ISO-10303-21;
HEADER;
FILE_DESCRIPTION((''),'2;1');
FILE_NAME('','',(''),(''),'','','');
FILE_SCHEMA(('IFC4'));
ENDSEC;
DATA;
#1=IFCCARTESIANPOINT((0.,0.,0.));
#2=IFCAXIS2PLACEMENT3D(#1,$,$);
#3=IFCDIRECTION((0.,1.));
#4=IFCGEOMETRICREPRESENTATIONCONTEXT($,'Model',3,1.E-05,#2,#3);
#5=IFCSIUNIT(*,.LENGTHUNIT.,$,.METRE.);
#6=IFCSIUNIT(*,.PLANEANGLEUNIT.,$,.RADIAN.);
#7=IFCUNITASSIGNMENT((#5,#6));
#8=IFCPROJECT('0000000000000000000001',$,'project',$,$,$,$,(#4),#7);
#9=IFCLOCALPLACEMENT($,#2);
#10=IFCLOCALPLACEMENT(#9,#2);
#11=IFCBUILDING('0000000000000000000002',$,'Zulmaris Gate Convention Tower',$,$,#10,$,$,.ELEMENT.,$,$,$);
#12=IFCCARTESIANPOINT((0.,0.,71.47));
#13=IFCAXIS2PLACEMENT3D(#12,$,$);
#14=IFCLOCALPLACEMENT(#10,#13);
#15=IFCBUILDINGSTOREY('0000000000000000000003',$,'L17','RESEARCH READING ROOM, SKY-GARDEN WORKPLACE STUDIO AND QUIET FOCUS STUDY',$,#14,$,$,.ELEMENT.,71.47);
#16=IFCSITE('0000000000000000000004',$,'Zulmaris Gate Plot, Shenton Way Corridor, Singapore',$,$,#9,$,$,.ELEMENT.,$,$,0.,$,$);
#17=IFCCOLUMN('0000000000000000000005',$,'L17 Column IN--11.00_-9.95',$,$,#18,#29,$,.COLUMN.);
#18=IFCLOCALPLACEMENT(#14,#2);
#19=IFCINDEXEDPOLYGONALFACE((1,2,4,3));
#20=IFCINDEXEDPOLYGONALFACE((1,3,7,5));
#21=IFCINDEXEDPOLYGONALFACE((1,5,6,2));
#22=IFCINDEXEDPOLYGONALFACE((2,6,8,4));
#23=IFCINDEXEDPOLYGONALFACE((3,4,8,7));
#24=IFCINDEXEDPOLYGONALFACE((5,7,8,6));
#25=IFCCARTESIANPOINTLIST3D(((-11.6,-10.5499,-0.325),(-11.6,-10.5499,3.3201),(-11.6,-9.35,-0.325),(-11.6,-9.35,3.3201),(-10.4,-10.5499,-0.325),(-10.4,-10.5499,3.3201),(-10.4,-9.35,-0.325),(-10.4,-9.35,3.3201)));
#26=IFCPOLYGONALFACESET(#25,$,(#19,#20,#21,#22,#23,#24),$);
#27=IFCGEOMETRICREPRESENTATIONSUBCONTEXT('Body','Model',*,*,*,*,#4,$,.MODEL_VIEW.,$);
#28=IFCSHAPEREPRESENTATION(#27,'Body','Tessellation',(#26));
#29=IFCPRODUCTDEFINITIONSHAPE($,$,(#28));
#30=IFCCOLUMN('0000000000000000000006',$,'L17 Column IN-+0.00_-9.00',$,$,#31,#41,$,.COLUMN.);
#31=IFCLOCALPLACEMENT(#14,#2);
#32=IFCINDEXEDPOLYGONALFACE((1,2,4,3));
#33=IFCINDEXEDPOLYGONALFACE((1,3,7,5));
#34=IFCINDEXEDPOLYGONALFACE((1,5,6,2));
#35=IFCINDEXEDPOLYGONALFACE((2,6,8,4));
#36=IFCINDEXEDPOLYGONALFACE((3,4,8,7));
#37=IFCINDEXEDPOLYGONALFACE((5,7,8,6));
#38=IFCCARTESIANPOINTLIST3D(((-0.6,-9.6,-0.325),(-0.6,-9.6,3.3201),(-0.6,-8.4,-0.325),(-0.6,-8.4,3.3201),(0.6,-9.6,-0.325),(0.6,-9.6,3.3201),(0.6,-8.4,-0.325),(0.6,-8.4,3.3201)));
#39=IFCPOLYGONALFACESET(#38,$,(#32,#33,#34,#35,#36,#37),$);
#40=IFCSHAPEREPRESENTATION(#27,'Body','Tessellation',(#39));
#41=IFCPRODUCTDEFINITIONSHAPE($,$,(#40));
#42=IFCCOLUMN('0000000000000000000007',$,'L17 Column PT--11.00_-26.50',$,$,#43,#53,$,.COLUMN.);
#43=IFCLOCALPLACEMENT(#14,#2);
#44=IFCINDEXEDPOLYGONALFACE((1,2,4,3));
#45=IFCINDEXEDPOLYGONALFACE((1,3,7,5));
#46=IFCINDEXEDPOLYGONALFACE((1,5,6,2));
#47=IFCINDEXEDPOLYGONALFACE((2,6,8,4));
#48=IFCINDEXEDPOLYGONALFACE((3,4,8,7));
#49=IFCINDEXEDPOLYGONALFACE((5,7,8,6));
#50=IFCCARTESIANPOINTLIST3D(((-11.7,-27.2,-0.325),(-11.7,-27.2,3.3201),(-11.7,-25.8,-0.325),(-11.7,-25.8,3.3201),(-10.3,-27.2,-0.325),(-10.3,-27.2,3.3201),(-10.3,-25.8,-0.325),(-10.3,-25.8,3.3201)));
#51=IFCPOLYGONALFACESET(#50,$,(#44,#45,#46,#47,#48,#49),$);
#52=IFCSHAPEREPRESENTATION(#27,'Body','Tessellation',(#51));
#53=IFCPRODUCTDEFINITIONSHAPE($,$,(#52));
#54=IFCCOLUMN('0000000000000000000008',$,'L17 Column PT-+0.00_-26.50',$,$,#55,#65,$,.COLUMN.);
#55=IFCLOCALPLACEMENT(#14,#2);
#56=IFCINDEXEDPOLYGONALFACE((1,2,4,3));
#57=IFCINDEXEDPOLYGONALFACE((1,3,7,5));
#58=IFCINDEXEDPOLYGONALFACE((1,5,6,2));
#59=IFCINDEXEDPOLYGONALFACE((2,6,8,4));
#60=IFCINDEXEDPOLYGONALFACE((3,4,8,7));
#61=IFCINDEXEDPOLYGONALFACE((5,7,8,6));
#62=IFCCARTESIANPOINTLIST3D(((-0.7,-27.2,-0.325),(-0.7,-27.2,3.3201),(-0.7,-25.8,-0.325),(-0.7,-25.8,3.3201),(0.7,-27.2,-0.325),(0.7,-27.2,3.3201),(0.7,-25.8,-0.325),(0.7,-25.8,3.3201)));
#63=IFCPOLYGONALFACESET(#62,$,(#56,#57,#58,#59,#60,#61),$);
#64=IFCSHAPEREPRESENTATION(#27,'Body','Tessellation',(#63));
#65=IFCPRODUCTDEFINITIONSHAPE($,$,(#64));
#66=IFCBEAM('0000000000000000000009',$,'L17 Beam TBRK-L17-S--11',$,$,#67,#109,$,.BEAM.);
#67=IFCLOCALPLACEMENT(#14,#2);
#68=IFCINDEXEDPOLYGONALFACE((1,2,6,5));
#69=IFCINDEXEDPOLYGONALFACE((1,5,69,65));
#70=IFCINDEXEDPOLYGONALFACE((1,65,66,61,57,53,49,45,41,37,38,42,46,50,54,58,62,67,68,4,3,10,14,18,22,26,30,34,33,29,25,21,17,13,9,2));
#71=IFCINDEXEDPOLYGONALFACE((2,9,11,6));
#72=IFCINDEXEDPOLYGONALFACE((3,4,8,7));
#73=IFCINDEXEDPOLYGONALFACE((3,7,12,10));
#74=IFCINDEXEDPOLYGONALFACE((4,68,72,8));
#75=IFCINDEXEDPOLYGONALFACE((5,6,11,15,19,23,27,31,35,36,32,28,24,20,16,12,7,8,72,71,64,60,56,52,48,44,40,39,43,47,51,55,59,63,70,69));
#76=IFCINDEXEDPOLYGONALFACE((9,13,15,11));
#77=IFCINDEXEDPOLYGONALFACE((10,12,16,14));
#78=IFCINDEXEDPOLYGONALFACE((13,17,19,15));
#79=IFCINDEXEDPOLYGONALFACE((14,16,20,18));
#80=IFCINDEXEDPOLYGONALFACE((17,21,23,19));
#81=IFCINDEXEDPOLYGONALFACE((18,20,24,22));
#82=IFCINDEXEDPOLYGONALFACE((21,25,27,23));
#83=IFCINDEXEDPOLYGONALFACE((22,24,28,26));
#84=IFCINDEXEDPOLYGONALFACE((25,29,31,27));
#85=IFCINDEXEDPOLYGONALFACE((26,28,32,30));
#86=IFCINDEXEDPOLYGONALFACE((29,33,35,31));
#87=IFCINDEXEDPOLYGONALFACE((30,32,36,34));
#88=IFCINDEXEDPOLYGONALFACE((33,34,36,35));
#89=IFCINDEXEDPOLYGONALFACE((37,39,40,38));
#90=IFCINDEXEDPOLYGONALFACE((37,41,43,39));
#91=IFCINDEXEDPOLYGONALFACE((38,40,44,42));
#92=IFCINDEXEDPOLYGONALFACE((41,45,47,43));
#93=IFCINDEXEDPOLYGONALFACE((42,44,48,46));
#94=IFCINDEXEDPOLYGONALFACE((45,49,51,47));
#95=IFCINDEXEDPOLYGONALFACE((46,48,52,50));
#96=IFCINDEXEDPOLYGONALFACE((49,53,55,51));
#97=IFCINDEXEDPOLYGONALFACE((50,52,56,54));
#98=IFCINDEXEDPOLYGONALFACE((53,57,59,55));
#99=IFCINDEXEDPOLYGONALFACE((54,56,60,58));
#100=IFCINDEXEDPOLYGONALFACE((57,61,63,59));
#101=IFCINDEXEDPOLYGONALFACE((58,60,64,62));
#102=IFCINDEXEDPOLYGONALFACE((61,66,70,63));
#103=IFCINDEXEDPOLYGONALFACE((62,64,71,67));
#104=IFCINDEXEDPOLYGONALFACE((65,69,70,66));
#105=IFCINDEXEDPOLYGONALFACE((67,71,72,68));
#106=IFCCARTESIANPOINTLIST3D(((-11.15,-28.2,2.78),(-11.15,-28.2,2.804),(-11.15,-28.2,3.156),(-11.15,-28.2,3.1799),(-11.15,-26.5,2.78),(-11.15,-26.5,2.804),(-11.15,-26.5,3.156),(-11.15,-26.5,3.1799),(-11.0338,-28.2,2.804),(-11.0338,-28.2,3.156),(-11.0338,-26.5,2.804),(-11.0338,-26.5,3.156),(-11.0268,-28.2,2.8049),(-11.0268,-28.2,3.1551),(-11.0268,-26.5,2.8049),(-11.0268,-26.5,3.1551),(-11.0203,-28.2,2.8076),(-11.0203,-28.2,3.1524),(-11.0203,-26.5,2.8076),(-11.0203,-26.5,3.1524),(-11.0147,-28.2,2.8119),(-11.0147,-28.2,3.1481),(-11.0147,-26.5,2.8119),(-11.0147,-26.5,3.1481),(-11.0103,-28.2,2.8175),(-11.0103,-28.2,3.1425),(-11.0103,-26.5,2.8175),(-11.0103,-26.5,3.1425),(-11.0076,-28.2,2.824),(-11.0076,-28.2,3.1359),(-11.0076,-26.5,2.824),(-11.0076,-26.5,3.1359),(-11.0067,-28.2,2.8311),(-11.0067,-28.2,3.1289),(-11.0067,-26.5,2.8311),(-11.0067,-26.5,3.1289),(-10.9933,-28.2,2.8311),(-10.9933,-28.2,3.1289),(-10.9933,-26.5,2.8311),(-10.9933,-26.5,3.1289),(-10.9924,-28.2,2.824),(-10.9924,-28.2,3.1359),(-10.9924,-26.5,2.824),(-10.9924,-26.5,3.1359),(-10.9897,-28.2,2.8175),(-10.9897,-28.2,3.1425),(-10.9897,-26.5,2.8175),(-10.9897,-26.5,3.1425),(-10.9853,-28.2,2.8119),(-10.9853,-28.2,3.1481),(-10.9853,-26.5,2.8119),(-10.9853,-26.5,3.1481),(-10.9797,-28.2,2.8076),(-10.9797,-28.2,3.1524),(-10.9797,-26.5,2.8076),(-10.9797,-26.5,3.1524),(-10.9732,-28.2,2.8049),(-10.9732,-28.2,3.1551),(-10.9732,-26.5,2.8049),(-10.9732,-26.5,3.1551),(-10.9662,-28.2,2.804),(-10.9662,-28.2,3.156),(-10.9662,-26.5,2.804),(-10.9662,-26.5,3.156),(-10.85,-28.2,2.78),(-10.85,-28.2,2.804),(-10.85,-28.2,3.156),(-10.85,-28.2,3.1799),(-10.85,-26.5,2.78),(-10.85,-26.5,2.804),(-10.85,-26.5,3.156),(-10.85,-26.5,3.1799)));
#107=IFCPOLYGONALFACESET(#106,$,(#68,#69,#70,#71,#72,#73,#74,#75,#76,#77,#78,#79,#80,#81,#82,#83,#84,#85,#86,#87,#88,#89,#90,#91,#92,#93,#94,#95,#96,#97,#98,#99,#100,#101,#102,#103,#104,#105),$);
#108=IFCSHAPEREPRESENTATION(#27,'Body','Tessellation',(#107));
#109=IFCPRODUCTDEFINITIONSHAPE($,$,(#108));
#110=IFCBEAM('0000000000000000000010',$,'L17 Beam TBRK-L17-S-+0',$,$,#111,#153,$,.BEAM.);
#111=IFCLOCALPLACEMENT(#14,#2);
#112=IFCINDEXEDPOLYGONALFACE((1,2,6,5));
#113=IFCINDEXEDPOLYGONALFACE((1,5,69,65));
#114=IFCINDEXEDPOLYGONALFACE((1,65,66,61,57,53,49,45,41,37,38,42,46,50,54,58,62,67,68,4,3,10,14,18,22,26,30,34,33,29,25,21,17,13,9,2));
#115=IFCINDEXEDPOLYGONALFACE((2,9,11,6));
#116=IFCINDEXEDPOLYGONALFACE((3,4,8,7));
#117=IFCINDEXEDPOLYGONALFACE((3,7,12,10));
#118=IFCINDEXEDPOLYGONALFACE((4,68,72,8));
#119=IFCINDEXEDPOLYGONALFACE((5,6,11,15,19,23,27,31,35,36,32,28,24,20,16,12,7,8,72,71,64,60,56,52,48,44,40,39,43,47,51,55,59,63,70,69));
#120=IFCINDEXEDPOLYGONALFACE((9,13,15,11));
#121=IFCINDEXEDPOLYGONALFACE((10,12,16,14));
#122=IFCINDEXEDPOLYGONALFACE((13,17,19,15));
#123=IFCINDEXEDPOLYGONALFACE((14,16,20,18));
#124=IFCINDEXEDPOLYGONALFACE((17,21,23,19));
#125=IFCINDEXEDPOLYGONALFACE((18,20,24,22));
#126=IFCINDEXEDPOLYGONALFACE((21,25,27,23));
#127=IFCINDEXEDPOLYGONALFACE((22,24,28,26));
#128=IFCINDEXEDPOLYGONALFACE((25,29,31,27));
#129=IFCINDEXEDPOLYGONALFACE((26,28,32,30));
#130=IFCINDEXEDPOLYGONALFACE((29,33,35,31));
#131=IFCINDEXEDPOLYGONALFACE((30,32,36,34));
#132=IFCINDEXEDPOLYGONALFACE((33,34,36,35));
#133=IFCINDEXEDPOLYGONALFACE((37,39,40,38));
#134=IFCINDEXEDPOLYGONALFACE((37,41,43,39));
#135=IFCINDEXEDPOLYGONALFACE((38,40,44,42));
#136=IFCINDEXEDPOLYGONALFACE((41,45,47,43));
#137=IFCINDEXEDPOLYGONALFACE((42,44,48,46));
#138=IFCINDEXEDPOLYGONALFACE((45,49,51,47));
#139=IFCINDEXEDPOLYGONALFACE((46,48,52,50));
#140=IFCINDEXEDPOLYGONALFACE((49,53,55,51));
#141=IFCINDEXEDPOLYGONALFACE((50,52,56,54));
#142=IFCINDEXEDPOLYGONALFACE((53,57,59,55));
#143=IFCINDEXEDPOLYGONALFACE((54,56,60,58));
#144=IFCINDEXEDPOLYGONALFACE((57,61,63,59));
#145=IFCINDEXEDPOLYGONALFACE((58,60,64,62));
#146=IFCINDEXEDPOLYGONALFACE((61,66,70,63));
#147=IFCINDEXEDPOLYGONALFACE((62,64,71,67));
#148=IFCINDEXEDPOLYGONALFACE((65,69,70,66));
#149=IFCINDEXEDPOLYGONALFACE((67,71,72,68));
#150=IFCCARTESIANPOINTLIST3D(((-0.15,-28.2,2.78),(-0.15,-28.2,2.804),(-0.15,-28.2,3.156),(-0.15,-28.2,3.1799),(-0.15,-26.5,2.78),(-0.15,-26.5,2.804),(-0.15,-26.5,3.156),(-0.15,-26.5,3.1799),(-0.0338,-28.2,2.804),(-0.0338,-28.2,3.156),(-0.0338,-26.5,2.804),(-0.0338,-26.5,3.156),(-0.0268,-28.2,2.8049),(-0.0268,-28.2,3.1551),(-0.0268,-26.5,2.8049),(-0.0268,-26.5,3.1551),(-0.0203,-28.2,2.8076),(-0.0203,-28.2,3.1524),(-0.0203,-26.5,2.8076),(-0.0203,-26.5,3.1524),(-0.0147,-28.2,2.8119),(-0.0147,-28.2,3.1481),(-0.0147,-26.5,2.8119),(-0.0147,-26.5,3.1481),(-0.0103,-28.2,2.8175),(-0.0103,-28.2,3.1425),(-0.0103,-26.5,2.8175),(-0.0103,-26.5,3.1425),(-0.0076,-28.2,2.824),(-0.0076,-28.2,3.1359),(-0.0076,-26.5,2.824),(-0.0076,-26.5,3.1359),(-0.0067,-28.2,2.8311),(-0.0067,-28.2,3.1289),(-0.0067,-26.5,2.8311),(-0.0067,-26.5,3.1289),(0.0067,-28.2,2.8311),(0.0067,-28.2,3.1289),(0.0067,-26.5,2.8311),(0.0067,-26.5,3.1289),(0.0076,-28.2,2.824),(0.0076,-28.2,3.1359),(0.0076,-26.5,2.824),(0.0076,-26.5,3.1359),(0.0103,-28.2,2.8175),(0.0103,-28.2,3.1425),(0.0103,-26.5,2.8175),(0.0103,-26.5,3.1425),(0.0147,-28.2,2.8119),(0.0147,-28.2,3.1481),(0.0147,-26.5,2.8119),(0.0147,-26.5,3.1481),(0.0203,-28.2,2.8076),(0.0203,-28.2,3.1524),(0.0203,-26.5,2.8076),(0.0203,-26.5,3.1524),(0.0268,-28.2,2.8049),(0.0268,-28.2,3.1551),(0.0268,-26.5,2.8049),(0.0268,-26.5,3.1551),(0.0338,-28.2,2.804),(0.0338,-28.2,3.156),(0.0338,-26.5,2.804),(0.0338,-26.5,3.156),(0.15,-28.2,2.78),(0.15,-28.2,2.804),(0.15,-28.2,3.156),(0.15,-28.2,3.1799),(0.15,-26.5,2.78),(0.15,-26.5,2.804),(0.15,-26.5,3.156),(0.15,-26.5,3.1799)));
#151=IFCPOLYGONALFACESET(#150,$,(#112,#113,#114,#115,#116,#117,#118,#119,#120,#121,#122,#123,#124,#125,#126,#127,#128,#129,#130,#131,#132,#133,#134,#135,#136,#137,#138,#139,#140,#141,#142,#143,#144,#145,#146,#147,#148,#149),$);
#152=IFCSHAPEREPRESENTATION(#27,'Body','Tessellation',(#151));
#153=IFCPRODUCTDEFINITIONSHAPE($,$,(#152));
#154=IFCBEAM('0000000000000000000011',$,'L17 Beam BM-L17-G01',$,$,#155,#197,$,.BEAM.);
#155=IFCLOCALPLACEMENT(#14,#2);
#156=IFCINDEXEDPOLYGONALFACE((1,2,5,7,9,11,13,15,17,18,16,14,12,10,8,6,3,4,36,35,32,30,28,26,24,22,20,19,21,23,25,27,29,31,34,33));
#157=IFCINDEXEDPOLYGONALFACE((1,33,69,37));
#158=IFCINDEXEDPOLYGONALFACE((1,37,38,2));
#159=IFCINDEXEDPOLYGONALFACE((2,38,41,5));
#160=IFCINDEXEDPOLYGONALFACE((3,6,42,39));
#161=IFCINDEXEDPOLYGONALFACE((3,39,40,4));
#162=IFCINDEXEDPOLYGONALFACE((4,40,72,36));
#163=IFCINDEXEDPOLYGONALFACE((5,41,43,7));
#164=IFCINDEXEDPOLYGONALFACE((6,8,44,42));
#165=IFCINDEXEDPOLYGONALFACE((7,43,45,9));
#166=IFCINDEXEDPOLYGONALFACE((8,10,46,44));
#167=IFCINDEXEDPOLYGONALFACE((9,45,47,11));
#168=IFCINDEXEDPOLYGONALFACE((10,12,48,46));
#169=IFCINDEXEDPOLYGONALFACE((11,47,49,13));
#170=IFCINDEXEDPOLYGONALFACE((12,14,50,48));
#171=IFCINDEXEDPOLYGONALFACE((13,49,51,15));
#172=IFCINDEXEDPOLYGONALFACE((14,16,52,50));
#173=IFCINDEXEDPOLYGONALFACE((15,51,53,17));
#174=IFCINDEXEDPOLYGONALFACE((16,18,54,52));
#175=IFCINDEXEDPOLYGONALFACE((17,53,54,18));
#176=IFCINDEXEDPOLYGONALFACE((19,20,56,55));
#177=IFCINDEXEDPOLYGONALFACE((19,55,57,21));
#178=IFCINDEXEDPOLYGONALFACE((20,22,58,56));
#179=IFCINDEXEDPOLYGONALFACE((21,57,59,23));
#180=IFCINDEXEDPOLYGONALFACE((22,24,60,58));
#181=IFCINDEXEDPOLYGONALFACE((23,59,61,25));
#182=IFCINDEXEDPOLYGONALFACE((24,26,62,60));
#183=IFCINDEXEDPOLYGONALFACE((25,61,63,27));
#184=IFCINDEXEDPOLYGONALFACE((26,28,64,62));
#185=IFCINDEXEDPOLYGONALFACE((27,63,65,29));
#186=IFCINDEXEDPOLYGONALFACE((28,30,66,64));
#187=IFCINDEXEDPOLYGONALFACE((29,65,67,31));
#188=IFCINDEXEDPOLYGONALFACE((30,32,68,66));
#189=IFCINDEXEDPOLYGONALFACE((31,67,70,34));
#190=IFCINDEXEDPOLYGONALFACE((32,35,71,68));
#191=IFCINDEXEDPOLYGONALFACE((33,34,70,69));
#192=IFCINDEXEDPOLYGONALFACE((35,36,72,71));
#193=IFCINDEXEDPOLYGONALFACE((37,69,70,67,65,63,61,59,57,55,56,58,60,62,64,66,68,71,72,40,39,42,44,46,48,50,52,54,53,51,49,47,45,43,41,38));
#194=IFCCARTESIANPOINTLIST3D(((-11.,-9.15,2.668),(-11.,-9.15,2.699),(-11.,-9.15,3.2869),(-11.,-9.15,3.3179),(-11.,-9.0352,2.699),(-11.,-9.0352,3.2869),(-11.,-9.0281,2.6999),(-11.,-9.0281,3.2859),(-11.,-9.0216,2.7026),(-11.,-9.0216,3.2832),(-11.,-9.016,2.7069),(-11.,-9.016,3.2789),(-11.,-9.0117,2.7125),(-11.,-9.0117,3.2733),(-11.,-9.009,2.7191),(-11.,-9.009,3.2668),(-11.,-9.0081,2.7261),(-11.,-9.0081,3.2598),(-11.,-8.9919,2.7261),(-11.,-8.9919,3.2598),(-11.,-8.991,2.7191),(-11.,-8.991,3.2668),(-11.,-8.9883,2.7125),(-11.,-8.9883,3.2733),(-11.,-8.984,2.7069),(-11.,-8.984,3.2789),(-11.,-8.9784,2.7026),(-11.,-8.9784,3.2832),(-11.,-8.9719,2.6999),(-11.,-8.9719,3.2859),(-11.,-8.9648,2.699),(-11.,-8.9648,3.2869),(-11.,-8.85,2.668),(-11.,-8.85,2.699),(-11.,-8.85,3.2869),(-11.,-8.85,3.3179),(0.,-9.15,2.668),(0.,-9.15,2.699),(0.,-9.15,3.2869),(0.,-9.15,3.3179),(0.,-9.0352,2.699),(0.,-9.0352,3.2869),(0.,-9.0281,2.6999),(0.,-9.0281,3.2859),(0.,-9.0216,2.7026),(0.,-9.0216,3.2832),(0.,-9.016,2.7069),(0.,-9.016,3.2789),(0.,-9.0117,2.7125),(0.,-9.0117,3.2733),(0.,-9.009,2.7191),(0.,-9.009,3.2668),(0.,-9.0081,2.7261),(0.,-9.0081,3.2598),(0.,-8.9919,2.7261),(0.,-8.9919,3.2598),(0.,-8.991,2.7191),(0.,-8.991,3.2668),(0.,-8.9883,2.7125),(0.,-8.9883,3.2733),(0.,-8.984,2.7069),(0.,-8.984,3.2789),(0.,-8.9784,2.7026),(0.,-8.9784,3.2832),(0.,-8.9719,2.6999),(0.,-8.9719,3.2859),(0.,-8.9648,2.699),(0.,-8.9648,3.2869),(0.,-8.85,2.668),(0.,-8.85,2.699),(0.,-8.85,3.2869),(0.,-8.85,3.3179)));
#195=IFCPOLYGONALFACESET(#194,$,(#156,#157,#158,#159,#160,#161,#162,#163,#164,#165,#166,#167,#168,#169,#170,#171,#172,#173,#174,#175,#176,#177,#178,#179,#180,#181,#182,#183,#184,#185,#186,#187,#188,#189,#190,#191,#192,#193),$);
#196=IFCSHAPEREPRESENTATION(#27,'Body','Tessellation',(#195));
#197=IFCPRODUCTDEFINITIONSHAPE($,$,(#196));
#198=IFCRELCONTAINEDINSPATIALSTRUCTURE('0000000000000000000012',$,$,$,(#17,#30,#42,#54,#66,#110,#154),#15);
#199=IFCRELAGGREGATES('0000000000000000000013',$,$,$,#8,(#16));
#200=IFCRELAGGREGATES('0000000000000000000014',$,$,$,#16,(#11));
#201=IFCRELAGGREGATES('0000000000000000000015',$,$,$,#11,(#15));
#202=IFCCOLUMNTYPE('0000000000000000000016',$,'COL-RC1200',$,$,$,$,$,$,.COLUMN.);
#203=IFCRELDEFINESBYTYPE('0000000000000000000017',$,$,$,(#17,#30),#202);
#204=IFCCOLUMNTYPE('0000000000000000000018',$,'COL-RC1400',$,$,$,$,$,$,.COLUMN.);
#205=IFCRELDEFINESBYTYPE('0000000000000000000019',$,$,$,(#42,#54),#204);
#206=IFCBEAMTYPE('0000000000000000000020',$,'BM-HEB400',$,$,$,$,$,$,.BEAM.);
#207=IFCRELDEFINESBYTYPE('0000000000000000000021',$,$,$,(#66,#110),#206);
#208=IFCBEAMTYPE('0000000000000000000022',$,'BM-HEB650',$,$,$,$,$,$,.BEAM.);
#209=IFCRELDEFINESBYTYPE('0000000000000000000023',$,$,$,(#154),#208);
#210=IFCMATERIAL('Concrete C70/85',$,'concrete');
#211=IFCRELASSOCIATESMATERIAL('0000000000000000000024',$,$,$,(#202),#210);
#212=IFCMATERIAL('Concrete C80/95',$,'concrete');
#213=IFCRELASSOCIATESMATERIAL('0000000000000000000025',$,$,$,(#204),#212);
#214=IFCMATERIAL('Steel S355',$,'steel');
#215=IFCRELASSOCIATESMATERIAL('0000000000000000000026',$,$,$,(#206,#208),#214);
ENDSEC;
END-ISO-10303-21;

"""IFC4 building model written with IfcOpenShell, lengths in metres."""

from ifc_helpers import new_model, si_unit, direction, frame, origin, origin_2d, place, context, subcontext, project, spatial, rectangle, i_section, extrude, material, material_profile, profile_set, type_object, element, save


model = new_model("IFC4")

# Units and contexts
model_context = context("Model", 3, precision=1e-05, world=origin(), true_north=direction((0.0, 1.0)))
body_context = subcontext(model_context, "Body", "Model", "MODEL_VIEW")
ifc_project = project(units=[si_unit("LENGTHUNIT", "METRE"), si_unit("PLANEANGLEUNIT", "RADIAN")], contexts=[model_context])

# Site, building, storey
site_placement = place(None, origin())
site = spatial("IfcSite", under=ifc_project, at=site_placement, Name="Zulmaris Gate Plot, Shenton Way Corridor, Singapore", CompositionType="ELEMENT", RefElevation=0.0)
building_placement = place(site_placement, origin())
building = spatial("IfcBuilding", under=site, at=building_placement, Name="Zulmaris Gate Convention Tower", CompositionType="ELEMENT")
storey_placement = place(building_placement, frame((0.0, 0.0, 71.47)))
storey = spatial("IfcBuildingStorey", under=building, at=storey_placement, Name="L17", Description="RESEARCH READING ROOM, SKY-GARDEN WORKPLACE STUDIO AND QUIET FOCUS STUDY", CompositionType="ELEMENT", Elevation=71.47)

# Columns
ifc_material_1 = material(Name="Concrete C70/85", Category="concrete")
ifc_material_profile_1 = material_profile(ifc_material_1, rectangle(XDim=1.2, YDim=1.2, at=origin_2d()), Name="RC COL 1200x1200")
ifc_profile_set_1 = profile_set([ifc_material_profile_1], Name="Concrete C70/85")
column_type_1 = type_object("IfcColumnType", Name="COL-RC1200", PredefinedType="COLUMN", material=ifc_profile_set_1)
for number, where, z_axis, x_axis, name in (
    (1, (-11.0, -9.95, -0.325), (0.0, 0.0, 1.0), (1.0, 0.0, 0.0), "L17 Column IN--11.00_-9.95"),
    (2, (0.0, -9.0, -0.325), (0.0, 0.0, 1.0), (1.0, 0.0, 0.0), "L17 Column IN-+0.00_-9.00"),
):
    element("IfcColumn", number, at=place(storey_placement, frame(where, z_axis=z_axis, x_axis=x_axis)), inside=storey, type_object=column_type_1, Name=name, PredefinedType="COLUMN", context=body_context, shape_type="SweptSolid", body=[
        extrude(rectangle(XDim=1.2, YDim=1.2, at=origin_2d()), origin(), (0.0, 0.0, 1.0), 3.645),
    ])
ifc_material_2 = material(Name="Concrete C80/95", Category="concrete")
ifc_material_profile_2 = material_profile(ifc_material_2, rectangle(XDim=1.3999, YDim=1.3999, at=origin_2d()), Name="RC COL 1400x1400")
ifc_profile_set_2 = profile_set([ifc_material_profile_2], Name="Concrete C80/95")
column_type_2 = type_object("IfcColumnType", Name="COL-RC1400", PredefinedType="COLUMN", material=ifc_profile_set_2)
for number, where, z_axis, x_axis, name in (
    (3, (-11.0, -26.5, -0.325), (0.0, 0.0, 1.0), (1.0, 0.0, 0.0), "L17 Column PT--11.00_-26.50"),
    (4, (0.0, -26.5, -0.325), (0.0, 0.0, 1.0), (1.0, 0.0, 0.0), "L17 Column PT-+0.00_-26.50"),
):
    element("IfcColumn", number, at=place(storey_placement, frame(where, z_axis=z_axis, x_axis=x_axis)), inside=storey, type_object=column_type_2, Name=name, PredefinedType="COLUMN", context=body_context, shape_type="SweptSolid", body=[
        extrude(rectangle(XDim=1.3999, YDim=1.3999, at=origin_2d()), origin(), (0.0, 0.0, 1.0), 3.645),
    ])

# Beams
ifc_material_3 = material(Name="Steel S355", Category="steel")
ifc_material_profile_3 = material_profile(ifc_material_3, i_section(OverallWidth=0.3, OverallDepth=0.3999, WebThickness=0.0134, FlangeThickness=0.0239, FilletRadius=0.0271, at=origin_2d()), Name="HEB 400")
ifc_profile_set_3 = profile_set([ifc_material_profile_3], Name="Steel S355")
beam_type_1 = type_object("IfcBeamType", Name="BM-HEB400", PredefinedType="BEAM", material=ifc_profile_set_3)
for number, where, z_axis, x_axis, name in (
    (5, (-11.0, -28.2, 2.98), (0.0, 1.0, 0.0), (-1.0, 0.0, 0.0), "L17 Beam TBRK-L17-S--11"),
    (6, (0.0, -28.2, 2.98), (0.0, 1.0, 0.0), (-1.0, 0.0, 0.0), "L17 Beam TBRK-L17-S-+0"),
):
    element("IfcBeam", number, at=place(storey_placement, frame(where, z_axis=z_axis, x_axis=x_axis)), inside=storey, type_object=beam_type_1, Name=name, PredefinedType="BEAM", context=body_context, shape_type="SweptSolid", body=[
        extrude(i_section(OverallWidth=0.3, OverallDepth=0.3999, WebThickness=0.0134, FlangeThickness=0.0239, FilletRadius=0.0271, at=origin_2d()), origin(), (0.0, 0.0, 1.0), 1.7),
    ])
ifc_material_profile_4 = material_profile(ifc_material_3, i_section(OverallWidth=0.3, OverallDepth=0.6499, WebThickness=0.0161, FlangeThickness=0.031, FilletRadius=0.0271, at=origin_2d()), Name="HEB 650")
ifc_profile_set_4 = profile_set([ifc_material_profile_4], Name="Steel S355")
beam_type_2 = type_object("IfcBeamType", Name="BM-HEB650", PredefinedType="BEAM", material=ifc_profile_set_4)
for number, where, z_axis, x_axis, name in (
    (7, (-11.0, -9.0, 2.9929), (1.0, 0.0, 0.0), (0.0, 1.0, 0.0), "L17 Beam BM-L17-G01"),
):
    element("IfcBeam", number, at=place(storey_placement, frame(where, z_axis=z_axis, x_axis=x_axis)), inside=storey, type_object=beam_type_2, Name=name, PredefinedType="BEAM", context=body_context, shape_type="SweptSolid", body=[
        extrude(i_section(OverallWidth=0.3, OverallDepth=0.6499, WebThickness=0.0161, FlangeThickness=0.031, FilletRadius=0.0271, at=origin_2d()), origin(), (0.0, 0.0, 1.0), 11.0),
    ])

save(model, "model.ifc")
